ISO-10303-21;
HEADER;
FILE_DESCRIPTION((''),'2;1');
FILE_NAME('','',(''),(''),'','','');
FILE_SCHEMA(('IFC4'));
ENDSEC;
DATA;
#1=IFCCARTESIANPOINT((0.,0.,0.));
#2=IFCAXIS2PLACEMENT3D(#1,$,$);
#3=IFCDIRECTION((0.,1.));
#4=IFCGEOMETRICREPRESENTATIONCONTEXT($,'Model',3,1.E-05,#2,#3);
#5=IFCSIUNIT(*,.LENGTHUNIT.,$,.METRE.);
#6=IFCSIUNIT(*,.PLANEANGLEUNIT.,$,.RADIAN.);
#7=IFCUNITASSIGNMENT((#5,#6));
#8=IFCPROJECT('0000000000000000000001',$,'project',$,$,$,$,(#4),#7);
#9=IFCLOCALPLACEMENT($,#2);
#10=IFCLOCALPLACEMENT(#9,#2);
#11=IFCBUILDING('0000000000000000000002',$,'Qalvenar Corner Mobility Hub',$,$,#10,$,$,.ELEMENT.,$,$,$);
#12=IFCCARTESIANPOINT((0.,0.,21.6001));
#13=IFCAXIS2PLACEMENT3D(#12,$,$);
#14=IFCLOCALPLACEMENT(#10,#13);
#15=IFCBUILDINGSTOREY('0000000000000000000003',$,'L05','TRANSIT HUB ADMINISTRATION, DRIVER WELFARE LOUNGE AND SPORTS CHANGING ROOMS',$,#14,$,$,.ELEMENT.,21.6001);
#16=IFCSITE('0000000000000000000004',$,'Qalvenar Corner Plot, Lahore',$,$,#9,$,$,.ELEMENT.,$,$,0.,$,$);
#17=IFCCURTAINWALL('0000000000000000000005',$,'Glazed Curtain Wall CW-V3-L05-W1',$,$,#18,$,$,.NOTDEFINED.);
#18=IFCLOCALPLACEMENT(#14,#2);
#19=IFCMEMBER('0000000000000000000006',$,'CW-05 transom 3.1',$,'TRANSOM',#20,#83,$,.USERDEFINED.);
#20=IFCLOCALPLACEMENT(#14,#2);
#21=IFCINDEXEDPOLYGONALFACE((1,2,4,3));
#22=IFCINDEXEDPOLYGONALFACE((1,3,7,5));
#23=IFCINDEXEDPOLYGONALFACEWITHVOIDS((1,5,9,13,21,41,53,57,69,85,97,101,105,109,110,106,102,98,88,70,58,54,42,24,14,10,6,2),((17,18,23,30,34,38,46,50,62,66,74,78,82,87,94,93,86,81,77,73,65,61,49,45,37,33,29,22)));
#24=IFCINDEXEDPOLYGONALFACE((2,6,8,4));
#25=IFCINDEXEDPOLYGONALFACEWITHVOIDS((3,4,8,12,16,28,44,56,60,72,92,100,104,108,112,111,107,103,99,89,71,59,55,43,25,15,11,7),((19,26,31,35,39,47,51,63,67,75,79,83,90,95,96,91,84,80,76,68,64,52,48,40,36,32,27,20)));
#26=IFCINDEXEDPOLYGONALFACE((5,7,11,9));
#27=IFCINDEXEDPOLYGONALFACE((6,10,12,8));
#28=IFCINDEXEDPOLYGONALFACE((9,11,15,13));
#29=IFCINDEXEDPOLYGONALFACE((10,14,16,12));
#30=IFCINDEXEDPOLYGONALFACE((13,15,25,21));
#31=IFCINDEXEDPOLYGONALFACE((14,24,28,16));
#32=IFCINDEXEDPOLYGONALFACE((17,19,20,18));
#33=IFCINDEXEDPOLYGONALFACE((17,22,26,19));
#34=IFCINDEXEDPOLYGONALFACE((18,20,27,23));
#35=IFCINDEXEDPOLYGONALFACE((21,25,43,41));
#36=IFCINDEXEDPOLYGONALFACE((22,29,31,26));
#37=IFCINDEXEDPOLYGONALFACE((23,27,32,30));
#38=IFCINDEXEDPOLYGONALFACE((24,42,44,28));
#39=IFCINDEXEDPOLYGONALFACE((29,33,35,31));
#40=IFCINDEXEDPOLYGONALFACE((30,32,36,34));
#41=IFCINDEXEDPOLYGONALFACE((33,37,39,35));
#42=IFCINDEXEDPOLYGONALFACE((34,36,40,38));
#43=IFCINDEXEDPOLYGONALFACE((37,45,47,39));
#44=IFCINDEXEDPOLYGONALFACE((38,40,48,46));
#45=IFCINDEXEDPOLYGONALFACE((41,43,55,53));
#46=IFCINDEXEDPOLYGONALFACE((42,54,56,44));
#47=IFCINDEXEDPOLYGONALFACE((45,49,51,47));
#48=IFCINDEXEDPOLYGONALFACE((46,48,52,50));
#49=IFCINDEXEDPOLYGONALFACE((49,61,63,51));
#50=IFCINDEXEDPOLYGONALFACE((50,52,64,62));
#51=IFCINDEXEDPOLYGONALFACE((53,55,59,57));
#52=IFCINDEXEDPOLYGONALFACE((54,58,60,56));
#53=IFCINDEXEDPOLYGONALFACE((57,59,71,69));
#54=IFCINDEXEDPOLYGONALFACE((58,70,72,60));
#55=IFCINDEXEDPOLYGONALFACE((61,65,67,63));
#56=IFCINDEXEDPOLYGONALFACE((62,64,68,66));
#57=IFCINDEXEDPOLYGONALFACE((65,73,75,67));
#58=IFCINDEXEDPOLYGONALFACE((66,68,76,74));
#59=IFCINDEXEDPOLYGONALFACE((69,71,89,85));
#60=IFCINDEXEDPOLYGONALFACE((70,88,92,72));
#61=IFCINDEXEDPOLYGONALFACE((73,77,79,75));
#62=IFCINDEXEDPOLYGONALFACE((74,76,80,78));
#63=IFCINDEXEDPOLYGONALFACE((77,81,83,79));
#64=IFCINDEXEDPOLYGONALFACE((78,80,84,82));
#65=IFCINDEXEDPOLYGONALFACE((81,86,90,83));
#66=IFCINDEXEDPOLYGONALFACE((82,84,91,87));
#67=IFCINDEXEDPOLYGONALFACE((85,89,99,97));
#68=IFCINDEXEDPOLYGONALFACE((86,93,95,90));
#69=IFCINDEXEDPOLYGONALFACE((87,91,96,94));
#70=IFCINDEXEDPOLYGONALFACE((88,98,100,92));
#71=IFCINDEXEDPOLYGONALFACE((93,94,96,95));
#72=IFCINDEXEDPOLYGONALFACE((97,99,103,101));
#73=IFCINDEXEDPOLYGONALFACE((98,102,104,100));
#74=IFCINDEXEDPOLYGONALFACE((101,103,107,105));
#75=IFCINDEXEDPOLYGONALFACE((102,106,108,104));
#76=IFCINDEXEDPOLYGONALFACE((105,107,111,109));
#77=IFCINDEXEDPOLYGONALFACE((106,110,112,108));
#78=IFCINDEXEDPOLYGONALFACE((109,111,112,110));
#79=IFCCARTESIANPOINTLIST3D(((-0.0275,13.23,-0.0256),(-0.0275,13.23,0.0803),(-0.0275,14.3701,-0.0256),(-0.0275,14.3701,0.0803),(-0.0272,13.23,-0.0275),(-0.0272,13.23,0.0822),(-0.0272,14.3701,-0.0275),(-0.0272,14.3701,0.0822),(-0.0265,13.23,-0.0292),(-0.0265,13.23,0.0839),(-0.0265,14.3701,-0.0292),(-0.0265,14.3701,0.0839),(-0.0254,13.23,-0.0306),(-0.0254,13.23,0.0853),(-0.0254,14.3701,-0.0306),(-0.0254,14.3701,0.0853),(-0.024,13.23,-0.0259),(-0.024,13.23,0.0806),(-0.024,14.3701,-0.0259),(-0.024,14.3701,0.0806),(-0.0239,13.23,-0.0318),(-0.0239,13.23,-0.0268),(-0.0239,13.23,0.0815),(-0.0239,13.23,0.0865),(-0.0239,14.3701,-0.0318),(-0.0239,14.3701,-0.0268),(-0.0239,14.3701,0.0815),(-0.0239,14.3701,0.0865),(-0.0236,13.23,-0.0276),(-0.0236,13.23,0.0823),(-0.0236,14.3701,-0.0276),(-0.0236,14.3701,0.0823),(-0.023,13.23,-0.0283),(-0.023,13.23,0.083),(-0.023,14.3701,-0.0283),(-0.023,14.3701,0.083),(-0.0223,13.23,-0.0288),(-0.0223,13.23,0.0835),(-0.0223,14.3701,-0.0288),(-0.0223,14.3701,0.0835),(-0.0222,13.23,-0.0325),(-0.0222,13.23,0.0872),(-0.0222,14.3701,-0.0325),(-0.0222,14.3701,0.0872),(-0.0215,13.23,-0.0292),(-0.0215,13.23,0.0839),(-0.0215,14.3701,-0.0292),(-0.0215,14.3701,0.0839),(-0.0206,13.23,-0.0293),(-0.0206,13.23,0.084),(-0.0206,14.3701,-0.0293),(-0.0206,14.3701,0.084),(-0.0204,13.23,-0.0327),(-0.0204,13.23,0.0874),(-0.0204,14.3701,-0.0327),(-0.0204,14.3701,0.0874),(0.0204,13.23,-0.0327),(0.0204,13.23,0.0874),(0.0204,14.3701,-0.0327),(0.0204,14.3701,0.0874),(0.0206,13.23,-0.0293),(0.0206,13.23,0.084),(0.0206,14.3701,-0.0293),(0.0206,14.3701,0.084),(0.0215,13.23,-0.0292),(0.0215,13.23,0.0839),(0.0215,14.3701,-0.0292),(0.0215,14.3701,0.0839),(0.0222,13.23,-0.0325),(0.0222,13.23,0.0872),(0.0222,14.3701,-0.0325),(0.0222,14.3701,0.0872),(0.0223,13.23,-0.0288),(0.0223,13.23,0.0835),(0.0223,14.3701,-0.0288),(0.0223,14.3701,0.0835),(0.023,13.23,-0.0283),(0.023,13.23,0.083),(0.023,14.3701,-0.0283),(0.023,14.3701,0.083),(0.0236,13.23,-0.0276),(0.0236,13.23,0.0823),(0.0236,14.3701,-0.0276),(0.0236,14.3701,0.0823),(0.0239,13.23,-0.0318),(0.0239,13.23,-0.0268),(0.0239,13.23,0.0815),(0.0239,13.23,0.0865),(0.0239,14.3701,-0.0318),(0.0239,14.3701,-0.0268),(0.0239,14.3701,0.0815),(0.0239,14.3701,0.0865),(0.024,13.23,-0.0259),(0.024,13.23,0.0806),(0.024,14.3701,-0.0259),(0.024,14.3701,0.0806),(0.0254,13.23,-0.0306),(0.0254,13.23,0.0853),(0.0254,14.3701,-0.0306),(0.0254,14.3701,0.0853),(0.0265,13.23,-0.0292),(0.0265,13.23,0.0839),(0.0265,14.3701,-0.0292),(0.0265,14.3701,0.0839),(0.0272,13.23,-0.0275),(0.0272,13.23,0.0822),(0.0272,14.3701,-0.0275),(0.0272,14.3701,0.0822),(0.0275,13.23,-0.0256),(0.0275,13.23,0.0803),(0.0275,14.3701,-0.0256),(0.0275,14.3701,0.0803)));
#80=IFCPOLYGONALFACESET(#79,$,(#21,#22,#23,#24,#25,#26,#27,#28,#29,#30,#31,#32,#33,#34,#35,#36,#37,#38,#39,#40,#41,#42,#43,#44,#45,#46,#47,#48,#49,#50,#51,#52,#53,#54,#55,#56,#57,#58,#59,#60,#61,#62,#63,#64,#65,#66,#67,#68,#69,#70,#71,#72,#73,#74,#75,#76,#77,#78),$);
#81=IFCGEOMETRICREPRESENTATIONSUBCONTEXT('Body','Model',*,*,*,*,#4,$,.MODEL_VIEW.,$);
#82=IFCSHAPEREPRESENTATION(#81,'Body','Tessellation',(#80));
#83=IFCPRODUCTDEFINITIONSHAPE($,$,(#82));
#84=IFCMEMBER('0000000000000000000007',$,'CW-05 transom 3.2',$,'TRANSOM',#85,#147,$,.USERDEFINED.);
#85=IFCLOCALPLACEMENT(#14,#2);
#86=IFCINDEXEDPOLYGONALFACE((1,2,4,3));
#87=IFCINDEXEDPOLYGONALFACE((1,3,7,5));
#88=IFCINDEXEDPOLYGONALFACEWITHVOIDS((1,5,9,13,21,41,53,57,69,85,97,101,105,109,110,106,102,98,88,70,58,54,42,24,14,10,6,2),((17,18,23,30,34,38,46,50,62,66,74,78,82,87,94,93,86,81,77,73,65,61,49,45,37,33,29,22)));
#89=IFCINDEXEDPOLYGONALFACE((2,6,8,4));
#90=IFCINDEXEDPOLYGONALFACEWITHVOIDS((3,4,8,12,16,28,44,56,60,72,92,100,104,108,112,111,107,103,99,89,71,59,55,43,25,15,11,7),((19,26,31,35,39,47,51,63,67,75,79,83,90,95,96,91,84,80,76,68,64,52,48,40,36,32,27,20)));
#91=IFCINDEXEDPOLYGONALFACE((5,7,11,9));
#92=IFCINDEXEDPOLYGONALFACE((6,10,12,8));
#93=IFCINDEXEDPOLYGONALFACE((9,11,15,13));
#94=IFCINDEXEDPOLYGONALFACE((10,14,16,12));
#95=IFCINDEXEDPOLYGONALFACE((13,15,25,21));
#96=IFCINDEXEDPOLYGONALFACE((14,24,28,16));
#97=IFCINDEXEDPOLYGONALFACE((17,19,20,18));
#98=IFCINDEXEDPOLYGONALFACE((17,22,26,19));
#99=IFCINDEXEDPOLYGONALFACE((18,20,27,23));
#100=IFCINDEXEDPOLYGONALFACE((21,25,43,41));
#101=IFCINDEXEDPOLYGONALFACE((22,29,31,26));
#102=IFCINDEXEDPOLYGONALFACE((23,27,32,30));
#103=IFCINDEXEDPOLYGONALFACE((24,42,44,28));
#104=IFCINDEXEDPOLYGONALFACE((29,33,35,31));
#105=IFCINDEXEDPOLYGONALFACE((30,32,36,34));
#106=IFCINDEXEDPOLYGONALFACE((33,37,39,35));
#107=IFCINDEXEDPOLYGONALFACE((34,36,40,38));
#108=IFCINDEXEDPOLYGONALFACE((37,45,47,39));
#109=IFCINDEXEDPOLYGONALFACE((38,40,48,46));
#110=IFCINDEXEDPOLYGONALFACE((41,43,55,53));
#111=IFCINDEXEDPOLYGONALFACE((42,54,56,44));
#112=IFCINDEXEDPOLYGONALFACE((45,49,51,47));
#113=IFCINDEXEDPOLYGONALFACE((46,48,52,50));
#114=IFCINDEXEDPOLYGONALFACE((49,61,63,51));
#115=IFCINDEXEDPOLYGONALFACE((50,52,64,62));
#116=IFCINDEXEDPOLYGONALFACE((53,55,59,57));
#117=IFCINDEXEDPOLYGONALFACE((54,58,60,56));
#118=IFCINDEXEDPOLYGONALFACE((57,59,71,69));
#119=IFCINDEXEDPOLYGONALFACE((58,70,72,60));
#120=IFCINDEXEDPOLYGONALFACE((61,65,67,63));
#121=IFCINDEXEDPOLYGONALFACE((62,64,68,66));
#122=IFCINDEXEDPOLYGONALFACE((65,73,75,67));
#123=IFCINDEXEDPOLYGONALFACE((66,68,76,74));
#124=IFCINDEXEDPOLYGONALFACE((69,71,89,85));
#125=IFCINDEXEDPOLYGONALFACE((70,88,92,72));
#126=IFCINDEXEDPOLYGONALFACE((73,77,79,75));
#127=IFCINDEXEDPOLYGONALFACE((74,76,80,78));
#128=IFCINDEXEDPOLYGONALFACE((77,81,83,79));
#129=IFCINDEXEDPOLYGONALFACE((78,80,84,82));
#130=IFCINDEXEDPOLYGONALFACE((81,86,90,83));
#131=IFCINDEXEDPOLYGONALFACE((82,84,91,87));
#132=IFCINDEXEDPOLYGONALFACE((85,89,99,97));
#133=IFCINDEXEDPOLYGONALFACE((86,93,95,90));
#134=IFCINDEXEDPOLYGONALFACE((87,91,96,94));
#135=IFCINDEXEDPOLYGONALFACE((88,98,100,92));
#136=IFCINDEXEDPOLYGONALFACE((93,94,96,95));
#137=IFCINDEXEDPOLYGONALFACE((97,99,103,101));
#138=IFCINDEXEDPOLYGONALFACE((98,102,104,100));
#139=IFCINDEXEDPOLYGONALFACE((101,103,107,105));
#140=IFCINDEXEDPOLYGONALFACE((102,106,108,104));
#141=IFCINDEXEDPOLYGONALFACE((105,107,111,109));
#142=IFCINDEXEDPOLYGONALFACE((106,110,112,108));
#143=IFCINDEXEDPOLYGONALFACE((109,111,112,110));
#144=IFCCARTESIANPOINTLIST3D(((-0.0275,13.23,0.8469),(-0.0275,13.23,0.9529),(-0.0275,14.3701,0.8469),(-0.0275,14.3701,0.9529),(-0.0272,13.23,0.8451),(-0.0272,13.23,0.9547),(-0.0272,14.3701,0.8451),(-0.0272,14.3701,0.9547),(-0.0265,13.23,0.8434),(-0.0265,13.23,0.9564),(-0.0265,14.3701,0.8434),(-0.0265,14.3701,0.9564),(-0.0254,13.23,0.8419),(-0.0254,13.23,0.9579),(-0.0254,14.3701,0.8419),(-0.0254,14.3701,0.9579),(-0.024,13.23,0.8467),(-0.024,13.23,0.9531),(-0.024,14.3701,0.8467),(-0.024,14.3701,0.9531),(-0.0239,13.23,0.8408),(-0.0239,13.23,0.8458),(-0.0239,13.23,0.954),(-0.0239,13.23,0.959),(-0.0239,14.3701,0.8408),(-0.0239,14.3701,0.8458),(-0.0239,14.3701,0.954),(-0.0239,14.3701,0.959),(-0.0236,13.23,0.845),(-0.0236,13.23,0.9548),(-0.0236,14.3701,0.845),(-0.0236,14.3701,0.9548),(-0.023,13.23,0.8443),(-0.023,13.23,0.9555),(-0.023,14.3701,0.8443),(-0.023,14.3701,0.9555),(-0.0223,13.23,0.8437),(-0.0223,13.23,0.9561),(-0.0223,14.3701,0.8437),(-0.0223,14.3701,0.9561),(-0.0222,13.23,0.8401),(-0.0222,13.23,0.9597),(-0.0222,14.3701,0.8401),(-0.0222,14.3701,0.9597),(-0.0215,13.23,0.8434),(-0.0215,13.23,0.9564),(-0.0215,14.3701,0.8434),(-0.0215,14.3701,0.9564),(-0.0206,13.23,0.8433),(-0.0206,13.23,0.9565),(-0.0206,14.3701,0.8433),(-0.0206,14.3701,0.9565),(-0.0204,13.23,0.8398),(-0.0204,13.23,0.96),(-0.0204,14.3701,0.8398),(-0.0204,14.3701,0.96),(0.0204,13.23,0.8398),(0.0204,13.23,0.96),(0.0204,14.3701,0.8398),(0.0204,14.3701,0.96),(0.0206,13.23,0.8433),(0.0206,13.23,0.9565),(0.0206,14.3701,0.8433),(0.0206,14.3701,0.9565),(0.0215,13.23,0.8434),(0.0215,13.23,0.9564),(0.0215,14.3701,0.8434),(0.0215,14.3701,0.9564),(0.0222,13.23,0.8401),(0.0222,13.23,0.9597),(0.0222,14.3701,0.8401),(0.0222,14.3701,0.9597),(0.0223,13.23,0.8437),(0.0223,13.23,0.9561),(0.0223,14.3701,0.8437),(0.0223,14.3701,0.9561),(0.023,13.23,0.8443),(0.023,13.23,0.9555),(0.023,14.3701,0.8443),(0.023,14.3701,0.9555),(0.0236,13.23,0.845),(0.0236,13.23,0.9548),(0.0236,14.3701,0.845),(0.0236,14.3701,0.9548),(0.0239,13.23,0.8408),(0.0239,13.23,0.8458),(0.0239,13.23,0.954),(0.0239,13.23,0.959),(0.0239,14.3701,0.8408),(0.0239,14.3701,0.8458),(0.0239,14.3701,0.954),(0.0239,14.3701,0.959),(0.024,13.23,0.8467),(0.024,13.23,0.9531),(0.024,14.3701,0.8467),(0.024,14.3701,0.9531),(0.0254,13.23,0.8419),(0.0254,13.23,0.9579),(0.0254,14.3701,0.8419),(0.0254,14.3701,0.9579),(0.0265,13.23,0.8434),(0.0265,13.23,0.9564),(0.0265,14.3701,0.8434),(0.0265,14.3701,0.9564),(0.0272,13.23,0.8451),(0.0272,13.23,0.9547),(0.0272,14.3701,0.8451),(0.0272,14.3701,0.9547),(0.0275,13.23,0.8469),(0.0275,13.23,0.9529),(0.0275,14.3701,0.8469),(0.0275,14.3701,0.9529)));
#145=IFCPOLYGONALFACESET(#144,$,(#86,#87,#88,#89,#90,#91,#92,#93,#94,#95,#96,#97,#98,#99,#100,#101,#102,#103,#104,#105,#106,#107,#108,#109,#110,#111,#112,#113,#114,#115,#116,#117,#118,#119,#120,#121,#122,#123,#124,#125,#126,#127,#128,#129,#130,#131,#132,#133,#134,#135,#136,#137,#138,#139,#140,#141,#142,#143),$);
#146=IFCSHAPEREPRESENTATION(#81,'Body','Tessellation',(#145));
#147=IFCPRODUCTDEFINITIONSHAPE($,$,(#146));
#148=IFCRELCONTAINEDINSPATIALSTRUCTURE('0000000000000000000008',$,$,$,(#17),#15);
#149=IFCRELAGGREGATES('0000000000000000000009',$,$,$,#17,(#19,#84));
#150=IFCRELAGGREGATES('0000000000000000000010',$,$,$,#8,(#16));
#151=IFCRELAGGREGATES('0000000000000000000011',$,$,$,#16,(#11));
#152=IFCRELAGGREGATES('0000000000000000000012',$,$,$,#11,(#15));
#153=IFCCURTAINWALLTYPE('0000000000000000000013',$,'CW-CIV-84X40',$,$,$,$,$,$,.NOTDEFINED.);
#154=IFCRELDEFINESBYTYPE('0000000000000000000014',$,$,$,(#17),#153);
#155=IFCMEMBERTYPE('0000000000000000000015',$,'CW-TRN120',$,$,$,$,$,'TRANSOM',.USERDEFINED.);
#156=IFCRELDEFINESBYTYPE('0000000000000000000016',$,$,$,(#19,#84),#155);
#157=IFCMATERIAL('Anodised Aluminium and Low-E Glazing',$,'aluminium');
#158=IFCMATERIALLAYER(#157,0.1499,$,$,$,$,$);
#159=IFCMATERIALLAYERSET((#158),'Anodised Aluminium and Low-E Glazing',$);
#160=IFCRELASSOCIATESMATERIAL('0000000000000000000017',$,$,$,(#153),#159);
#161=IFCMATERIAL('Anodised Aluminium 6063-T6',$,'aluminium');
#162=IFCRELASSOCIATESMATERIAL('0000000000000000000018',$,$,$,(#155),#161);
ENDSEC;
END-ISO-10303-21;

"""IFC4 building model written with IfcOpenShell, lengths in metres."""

from ifc_helpers import new_model, si_unit, direction, frame, origin, origin_2d, place, context, subcontext, project, spatial, hollow_rectangle, extrude, material, layer, layer_set, material_profile, profile_set, type_object, element, aggregate, save


model = new_model("IFC4")

# Units and contexts
model_context = context("Model", 3, precision=1e-05, world=origin(), true_north=direction((0.0, 1.0)))
body_context = subcontext(model_context, "Body", "Model", "MODEL_VIEW")
ifc_project = project(units=[si_unit("LENGTHUNIT", "METRE"), si_unit("PLANEANGLEUNIT", "RADIAN")], contexts=[model_context])

# Site, building, storey
site_placement = place(None, origin())
site = spatial("IfcSite", under=ifc_project, at=site_placement, Name="Qalvenar Corner Plot, Lahore", CompositionType="ELEMENT", RefElevation=0.0)
building_placement = place(site_placement, origin())
building = spatial("IfcBuilding", under=site, at=building_placement, Name="Qalvenar Corner Mobility Hub", CompositionType="ELEMENT")
storey_placement = place(building_placement, frame((0.0, 0.0, 21.6001)))
storey = spatial("IfcBuildingStorey", under=building, at=storey_placement, Name="L05", Description="TRANSIT HUB ADMINISTRATION, DRIVER WELFARE LOUNGE AND SPORTS CHANGING ROOMS", CompositionType="ELEMENT", Elevation=21.6001)

# Curtain wall
ifc_material_1 = material(Name="Anodised Aluminium and Low-E Glazing", Category="aluminium")
ifc_layer_1 = layer(ifc_material_1, 0.1499)
ifc_layer_set_1 = layer_set([ifc_layer_1], Name="Anodised Aluminium and Low-E Glazing")
curtain_wall_type = type_object("IfcCurtainWallType", Name="CW-CIV-84X40", PredefinedType="NOTDEFINED", material=ifc_layer_set_1)
curtain_wall_1_placement = place(storey_placement, origin())
curtain_wall_1 = element("IfcCurtainWall", 1, at=curtain_wall_1_placement, inside=storey, type_object=curtain_wall_type, Name="Glazed Curtain Wall CW-V3-L05-W1", PredefinedType="NOTDEFINED")
ifc_material_2 = material(Name="Anodised Aluminium 6063-T6", Category="aluminium")

# Members
ifc_material_profile_1 = material_profile(ifc_material_2, hollow_rectangle(XDim=0.0549, YDim=0.1201, WallThickness=0.0034, InnerFilletRadius=0.0034, OuterFilletRadius=0.0071, at=origin_2d()), Name="RHS120x55x3.5")
ifc_profile_set_1 = profile_set([ifc_material_profile_1], Name="Anodised Aluminium 6063-T6")
member_type_1 = type_object("IfcMemberType", Name="CW-TRN120", ElementType="TRANSOM", PredefinedType="USERDEFINED", material=ifc_profile_set_1)
member_1_placement = place(storey_placement, frame((0.0, 14.3701, 0.0273), z_axis=(0.0, -1.0, 0.0), x_axis=(1.0, 0.0, 0.0)))
member_1 = element("IfcMember", 2, at=member_1_placement, type_object=member_type_1, Name="CW-05 transom 3.1", ObjectType="TRANSOM", PredefinedType="USERDEFINED", context=body_context, shape_type="SweptSolid", body=[
    extrude(hollow_rectangle(XDim=0.0549, YDim=0.1201, WallThickness=0.0034, InnerFilletRadius=0.0034, OuterFilletRadius=0.0071, at=origin_2d()), origin(), (0.0, 0.0, 1.0), 1.1401),
])
member_2_placement = place(storey_placement, frame((0.0, 14.3701, 0.8999), z_axis=(0.0, -1.0, 0.0), x_axis=(1.0, 0.0, 0.0)))
member_2 = element("IfcMember", 3, at=member_2_placement, type_object=member_type_1, Name="CW-05 transom 3.2", ObjectType="TRANSOM", PredefinedType="USERDEFINED", context=body_context, shape_type="SweptSolid", body=[
    extrude(hollow_rectangle(XDim=0.0549, YDim=0.1201, WallThickness=0.0034, InnerFilletRadius=0.0034, OuterFilletRadius=0.0071, at=origin_2d()), origin(), (0.0, 0.0, 1.0), 1.1401),
])

aggregate(curtain_wall_1, [member_1, member_2])

save(model, "model.ifc")
